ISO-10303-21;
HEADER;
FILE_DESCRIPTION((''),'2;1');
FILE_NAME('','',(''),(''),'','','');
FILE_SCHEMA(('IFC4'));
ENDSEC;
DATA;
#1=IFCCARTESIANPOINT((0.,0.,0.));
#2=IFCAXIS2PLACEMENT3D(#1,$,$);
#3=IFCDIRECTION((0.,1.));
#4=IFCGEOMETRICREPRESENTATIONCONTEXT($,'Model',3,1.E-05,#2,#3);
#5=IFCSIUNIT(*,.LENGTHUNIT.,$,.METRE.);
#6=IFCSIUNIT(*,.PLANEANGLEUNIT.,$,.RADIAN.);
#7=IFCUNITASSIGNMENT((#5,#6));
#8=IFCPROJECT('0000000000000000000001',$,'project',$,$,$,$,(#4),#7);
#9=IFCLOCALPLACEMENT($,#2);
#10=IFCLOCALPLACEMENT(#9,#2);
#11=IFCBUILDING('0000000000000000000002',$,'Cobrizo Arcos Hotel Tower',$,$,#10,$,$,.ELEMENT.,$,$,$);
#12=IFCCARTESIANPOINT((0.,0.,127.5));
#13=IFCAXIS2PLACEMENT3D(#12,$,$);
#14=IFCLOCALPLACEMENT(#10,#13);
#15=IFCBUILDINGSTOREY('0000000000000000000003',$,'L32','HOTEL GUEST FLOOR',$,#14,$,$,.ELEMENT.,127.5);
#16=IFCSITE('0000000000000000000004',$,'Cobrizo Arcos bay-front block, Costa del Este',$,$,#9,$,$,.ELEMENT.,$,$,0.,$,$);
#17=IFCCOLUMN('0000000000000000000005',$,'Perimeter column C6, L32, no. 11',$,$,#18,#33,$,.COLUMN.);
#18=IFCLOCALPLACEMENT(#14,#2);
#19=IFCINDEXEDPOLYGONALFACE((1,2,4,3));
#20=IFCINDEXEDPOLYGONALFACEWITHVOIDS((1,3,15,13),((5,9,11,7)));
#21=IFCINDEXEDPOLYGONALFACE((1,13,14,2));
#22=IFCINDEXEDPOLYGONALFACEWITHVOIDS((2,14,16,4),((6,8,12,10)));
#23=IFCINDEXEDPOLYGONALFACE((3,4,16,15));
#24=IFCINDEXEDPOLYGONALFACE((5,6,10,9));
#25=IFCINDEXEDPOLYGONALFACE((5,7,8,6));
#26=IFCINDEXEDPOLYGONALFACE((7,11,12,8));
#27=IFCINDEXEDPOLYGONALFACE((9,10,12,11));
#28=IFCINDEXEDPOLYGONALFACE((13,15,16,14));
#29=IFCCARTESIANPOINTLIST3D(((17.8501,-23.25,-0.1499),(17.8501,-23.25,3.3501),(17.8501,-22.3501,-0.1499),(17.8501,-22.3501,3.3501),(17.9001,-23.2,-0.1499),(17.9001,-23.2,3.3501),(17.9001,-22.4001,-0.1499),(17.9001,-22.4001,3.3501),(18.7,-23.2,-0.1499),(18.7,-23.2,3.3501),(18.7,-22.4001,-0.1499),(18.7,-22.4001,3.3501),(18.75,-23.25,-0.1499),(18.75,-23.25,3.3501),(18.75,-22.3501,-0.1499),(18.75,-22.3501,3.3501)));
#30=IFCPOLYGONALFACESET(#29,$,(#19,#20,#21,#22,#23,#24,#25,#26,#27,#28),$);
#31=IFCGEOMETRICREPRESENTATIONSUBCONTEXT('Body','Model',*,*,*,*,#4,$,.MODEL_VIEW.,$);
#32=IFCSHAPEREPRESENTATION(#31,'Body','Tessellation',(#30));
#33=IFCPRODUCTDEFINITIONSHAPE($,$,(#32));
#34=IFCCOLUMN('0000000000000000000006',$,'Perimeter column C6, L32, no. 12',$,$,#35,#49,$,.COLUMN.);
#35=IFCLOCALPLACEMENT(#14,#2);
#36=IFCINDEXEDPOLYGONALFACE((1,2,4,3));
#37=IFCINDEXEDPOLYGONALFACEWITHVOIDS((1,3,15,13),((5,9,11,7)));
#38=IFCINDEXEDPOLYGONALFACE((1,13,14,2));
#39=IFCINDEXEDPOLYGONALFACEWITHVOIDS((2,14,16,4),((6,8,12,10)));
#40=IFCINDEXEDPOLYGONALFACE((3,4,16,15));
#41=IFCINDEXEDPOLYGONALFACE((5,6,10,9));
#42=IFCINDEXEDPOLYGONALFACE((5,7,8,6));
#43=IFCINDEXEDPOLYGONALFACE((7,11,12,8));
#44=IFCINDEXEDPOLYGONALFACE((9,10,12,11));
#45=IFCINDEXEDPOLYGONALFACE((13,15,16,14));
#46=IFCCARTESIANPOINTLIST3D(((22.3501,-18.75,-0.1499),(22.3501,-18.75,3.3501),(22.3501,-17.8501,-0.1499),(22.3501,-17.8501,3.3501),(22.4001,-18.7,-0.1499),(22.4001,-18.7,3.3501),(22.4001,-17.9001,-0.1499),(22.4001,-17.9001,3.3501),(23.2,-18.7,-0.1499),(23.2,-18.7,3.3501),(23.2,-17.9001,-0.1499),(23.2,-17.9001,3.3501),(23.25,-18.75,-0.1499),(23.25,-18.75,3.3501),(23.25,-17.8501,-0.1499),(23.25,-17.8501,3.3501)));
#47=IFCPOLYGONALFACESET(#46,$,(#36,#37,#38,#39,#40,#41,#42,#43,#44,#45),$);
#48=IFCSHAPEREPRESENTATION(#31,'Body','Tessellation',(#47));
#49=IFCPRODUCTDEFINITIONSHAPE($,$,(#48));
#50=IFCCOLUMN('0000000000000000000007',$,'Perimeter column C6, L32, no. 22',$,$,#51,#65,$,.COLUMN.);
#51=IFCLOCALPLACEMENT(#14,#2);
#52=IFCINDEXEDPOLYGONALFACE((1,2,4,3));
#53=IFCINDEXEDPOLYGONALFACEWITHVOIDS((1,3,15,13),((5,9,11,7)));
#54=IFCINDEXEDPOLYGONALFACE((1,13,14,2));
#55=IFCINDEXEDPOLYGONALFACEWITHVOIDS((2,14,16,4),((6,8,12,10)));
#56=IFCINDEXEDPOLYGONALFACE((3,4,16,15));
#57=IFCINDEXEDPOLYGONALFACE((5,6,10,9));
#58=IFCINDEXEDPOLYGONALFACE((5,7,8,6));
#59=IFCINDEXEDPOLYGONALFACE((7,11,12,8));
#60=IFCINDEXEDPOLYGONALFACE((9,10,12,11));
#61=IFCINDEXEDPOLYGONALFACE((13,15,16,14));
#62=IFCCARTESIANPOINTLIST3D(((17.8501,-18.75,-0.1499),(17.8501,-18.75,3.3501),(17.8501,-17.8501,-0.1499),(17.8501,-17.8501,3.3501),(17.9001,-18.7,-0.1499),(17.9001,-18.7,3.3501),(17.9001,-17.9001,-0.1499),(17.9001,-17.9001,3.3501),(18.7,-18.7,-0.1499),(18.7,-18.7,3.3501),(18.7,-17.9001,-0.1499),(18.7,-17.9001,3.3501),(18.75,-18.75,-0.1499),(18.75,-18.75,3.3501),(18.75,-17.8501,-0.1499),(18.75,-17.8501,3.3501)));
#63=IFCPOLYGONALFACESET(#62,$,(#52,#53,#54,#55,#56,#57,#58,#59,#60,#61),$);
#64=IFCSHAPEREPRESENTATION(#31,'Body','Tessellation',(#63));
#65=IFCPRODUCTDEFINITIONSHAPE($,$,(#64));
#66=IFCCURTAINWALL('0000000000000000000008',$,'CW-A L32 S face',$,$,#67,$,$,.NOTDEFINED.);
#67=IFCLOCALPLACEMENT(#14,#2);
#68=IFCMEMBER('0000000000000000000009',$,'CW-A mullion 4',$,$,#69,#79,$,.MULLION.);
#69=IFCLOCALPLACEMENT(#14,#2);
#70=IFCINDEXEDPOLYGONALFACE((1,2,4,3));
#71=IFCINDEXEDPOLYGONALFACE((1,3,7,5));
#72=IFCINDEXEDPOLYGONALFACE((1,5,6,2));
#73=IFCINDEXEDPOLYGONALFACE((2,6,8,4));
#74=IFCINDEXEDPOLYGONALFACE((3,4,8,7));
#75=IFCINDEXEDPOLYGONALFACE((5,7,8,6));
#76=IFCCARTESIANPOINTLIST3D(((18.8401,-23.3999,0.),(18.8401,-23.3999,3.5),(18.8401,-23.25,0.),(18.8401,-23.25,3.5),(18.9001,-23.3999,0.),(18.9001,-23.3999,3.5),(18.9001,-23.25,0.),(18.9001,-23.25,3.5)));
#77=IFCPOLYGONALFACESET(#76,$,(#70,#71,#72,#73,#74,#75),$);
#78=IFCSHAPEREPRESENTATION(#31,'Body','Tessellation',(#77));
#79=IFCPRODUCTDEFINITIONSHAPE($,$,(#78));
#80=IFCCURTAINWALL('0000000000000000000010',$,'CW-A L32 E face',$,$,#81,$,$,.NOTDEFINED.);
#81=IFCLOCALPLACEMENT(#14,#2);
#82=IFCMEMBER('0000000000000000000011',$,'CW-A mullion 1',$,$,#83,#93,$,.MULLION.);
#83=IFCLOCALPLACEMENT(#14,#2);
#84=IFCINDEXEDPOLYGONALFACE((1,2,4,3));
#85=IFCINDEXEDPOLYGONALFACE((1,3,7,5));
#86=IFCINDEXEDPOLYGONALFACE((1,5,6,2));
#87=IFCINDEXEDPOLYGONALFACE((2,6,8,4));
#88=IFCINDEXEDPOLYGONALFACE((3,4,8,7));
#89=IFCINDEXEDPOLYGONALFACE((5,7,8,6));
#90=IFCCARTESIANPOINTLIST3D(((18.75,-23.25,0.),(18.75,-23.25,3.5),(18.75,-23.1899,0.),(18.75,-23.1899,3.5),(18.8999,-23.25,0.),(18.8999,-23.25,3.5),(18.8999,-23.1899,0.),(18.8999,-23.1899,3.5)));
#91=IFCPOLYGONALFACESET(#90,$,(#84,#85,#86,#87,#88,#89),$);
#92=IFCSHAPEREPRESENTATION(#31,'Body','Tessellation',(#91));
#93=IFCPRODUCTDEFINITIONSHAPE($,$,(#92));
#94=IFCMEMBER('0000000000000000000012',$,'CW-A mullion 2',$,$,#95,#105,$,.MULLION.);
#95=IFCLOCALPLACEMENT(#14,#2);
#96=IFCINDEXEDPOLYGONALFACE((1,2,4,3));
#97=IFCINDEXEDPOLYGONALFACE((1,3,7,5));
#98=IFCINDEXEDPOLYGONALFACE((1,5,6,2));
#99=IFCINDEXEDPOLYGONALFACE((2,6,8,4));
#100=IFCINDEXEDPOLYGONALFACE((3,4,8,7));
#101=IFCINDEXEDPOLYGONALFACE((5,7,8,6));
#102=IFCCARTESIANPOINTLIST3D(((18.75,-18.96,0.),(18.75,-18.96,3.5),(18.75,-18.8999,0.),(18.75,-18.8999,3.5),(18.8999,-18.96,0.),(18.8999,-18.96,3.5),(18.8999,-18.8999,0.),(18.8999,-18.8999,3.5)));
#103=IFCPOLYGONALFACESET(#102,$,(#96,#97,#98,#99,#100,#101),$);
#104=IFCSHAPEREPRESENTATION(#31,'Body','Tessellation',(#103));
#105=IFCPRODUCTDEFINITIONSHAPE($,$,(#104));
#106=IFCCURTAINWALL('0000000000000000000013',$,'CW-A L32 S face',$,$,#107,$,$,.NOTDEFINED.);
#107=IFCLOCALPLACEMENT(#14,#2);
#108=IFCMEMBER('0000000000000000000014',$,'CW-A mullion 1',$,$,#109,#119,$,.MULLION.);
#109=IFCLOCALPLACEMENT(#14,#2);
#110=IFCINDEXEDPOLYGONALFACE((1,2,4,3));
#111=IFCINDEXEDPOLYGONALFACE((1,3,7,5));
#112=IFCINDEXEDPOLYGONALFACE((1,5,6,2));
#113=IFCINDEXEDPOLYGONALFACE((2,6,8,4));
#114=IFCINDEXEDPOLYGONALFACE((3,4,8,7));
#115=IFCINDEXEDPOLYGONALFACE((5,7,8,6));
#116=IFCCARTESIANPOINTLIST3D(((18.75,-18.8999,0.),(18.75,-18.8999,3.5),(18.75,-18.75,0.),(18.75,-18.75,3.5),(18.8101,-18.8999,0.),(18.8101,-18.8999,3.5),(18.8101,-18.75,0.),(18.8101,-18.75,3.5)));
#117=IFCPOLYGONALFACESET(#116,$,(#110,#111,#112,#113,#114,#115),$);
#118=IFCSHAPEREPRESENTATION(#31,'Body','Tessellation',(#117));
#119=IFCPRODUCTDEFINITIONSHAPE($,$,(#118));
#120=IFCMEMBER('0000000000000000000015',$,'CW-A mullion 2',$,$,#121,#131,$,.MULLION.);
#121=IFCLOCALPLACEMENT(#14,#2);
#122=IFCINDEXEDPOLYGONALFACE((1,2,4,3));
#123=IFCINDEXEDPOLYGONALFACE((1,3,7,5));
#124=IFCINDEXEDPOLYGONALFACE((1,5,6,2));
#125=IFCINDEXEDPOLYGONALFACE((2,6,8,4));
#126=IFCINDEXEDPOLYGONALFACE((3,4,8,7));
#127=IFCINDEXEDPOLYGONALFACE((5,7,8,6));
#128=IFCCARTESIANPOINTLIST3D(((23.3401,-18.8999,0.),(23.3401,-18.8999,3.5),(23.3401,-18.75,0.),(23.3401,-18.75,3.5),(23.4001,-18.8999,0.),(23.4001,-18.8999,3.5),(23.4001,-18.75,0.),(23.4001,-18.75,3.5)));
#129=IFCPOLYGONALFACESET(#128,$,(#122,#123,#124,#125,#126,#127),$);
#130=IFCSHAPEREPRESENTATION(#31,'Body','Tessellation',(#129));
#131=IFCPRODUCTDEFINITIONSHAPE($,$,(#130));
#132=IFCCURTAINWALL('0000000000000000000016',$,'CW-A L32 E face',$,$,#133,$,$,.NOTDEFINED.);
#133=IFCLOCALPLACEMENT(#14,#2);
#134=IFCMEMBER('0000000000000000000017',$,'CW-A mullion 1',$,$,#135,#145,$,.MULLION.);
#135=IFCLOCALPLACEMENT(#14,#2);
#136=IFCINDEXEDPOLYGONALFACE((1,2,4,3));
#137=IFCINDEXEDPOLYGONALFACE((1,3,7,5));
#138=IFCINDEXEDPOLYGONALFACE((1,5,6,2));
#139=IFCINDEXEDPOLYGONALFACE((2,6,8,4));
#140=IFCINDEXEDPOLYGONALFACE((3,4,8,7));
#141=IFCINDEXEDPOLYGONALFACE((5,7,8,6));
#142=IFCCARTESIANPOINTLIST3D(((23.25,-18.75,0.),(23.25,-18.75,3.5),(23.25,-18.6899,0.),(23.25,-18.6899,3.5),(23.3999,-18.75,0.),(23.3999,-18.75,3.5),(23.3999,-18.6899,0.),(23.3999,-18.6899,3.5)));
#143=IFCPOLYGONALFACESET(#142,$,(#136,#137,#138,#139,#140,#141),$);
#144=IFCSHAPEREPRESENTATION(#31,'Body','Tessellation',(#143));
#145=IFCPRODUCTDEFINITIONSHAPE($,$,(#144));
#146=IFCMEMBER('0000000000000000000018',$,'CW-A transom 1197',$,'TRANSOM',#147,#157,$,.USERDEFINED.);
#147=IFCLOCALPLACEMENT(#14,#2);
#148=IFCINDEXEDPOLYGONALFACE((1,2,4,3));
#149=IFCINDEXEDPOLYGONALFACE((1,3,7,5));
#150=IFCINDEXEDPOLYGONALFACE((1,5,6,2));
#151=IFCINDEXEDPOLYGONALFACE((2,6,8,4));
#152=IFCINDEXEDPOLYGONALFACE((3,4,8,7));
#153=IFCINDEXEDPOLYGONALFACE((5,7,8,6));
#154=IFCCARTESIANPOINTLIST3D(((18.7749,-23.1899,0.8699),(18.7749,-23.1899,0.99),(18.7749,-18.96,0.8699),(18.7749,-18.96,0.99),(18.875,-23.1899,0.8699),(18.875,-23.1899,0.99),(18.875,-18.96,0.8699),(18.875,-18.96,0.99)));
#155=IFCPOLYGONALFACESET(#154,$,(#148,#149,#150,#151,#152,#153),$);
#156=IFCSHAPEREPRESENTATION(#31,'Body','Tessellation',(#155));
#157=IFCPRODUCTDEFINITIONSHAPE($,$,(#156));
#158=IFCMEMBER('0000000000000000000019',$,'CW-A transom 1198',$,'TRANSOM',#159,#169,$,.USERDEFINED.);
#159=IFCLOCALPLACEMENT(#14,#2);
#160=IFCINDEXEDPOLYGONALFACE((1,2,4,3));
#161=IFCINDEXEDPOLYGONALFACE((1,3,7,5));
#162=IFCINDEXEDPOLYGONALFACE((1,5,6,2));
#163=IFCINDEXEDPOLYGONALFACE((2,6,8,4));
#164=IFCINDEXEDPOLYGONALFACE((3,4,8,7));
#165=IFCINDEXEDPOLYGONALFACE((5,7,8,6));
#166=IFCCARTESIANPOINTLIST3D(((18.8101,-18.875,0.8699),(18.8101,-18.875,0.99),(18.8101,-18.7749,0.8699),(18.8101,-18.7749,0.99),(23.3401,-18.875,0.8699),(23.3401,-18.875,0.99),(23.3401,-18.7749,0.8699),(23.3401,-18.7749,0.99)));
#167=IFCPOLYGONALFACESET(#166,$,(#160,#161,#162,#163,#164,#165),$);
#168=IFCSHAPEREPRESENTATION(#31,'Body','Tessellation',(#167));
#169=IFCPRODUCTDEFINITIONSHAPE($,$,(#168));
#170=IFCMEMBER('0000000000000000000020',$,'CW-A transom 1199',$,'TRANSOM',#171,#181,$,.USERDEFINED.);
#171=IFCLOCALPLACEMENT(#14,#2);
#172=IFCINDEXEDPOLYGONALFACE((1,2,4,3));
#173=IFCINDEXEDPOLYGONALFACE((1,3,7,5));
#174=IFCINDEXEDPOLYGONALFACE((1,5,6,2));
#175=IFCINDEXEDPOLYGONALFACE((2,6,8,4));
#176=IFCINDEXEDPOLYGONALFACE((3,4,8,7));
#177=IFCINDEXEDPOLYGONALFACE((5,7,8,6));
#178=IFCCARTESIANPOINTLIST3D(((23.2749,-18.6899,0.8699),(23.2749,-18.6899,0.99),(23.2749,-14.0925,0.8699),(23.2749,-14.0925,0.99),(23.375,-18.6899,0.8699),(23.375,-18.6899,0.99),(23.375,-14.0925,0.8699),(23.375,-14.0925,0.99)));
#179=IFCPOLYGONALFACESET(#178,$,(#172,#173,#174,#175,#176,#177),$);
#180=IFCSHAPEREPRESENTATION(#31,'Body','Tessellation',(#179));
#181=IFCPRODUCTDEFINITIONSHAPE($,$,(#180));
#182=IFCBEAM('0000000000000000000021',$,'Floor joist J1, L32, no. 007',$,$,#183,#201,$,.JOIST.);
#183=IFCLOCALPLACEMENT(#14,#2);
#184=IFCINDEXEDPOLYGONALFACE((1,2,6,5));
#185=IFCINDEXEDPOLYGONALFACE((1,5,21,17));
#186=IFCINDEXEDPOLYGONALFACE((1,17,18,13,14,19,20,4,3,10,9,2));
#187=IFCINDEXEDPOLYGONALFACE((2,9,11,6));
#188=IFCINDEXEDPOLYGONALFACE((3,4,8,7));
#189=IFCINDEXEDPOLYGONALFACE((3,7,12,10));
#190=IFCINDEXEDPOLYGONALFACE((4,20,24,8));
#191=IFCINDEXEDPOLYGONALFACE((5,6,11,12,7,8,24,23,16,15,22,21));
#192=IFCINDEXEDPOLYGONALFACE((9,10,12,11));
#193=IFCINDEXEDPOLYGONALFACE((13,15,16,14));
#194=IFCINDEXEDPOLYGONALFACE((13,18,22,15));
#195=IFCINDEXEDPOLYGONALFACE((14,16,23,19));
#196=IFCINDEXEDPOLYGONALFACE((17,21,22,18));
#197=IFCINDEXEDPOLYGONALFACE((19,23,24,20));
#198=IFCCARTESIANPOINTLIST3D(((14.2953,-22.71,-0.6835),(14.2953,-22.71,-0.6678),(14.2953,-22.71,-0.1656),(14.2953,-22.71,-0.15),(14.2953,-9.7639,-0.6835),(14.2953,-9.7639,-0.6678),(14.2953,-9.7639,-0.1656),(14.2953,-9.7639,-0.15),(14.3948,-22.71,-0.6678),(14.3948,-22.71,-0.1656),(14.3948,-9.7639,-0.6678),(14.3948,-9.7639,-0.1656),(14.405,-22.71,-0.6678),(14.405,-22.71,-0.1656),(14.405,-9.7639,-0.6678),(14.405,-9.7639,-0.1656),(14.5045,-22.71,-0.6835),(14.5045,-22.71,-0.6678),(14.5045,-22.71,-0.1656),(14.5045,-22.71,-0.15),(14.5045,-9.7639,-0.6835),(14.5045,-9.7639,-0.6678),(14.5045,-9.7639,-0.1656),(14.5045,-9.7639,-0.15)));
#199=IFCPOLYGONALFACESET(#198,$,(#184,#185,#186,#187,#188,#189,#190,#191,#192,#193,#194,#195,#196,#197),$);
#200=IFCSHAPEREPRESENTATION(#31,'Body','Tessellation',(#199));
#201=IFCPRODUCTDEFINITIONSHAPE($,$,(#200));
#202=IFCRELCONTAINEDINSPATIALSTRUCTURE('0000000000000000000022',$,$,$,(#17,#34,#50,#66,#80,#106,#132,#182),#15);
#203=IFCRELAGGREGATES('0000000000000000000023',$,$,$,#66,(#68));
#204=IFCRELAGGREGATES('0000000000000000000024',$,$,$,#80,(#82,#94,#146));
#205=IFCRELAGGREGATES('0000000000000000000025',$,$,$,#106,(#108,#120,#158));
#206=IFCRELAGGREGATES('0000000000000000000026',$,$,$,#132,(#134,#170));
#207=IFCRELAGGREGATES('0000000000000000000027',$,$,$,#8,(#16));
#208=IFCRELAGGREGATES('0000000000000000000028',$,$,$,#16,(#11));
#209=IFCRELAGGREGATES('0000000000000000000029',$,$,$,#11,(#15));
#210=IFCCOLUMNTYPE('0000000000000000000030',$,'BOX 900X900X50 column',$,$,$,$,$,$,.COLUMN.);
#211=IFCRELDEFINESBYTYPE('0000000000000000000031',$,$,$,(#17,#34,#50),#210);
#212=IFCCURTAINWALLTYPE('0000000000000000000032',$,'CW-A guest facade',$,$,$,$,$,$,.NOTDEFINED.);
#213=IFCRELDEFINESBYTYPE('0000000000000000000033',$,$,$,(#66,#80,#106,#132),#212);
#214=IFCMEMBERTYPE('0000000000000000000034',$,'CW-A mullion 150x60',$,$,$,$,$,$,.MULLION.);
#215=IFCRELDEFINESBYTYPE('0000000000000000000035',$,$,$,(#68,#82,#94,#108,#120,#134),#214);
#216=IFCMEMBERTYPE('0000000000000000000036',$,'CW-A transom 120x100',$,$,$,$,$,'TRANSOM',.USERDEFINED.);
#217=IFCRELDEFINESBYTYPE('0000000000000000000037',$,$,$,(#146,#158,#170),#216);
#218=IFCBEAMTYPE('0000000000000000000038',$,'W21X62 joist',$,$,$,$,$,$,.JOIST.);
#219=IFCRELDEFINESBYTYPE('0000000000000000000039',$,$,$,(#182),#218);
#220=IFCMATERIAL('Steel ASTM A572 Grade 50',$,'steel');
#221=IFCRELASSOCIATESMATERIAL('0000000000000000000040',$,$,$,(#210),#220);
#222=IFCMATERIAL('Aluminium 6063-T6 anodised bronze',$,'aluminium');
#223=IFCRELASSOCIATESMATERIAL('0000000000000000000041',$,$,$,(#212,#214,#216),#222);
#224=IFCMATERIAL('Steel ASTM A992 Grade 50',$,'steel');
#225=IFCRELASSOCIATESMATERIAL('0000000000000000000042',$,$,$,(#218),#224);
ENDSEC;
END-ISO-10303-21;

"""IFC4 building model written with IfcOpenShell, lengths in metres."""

from ifc_helpers import new_model, si_unit, direction, frame, origin, origin_2d, place, context, subcontext, project, spatial, rectangle, hollow_rectangle, i_section, extrude, material, material_profile, profile_set, type_object, element, aggregate, save


model = new_model("IFC4")

# Units and contexts
model_context = context("Model", 3, precision=1e-05, world=origin(), true_north=direction((0.0, 1.0)))
body_context = subcontext(model_context, "Body", "Model", "MODEL_VIEW")
ifc_project = project(units=[si_unit("LENGTHUNIT", "METRE"), si_unit("PLANEANGLEUNIT", "RADIAN")], contexts=[model_context])

# Site, building, storey
site_placement = place(None, origin())
site = spatial("IfcSite", under=ifc_project, at=site_placement, Name="Cobrizo Arcos bay-front block, Costa del Este", CompositionType="ELEMENT", RefElevation=0.0)
building_placement = place(site_placement, origin())
building = spatial("IfcBuilding", under=site, at=building_placement, Name="Cobrizo Arcos Hotel Tower", CompositionType="ELEMENT")
storey_placement = place(building_placement, frame((0.0, 0.0, 127.5)))
storey = spatial("IfcBuildingStorey", under=building, at=storey_placement, Name="L32", Description="HOTEL GUEST FLOOR", CompositionType="ELEMENT", Elevation=127.5)

# Columns
ifc_material_1 = material(Name="Steel ASTM A572 Grade 50", Category="steel")
ifc_material_profile_1 = material_profile(ifc_material_1, hollow_rectangle(XDim=0.8999, YDim=0.8999, WallThickness=0.05, at=origin_2d()), Name="BOX 900X900X50")
ifc_profile_set_1 = profile_set([ifc_material_profile_1], Name="Steel ASTM A572 Grade 50")
column_type = type_object("IfcColumnType", Name="BOX 900X900X50 column", PredefinedType="COLUMN", material=ifc_profile_set_1)
for number, where, z_axis, x_axis, name in (
    (1, (18.3, -22.8, -0.1499), (0.0, 0.0, 1.0), (1.0, 0.0, 0.0), "Perimeter column C6, L32, no. 11"),
    (2, (22.8, -18.3, -0.1499), (0.0, 0.0, 1.0), (1.0, 0.0, 0.0), "Perimeter column C6, L32, no. 12"),
    (3, (18.3, -18.3, -0.1499), (0.0, 0.0, 1.0), (1.0, 0.0, 0.0), "Perimeter column C6, L32, no. 22"),
):
    element("IfcColumn", number, at=place(storey_placement, frame(where, z_axis=z_axis, x_axis=x_axis)), inside=storey, type_object=column_type, Name=name, PredefinedType="COLUMN", context=body_context, shape_type="SweptSolid", body=[
        extrude(hollow_rectangle(XDim=0.8999, YDim=0.8999, WallThickness=0.05, at=origin_2d()), origin(), (0.0, 0.0, 1.0), 3.5),
    ])

# Curtain wall, member
ifc_material_2 = material(Name="Aluminium 6063-T6 anodised bronze", Category="aluminium")
curtain_wall_type = type_object("IfcCurtainWallType", Name="CW-A guest facade", PredefinedType="NOTDEFINED", material=ifc_material_2)
curtain_wall_1_placement = place(storey_placement, origin())
curtain_wall_1 = element("IfcCurtainWall", 4, at=curtain_wall_1_placement, inside=storey, type_object=curtain_wall_type, Name="CW-A L32 S face", PredefinedType="NOTDEFINED")
ifc_material_profile_2 = material_profile(ifc_material_2, rectangle(XDim=0.1499, YDim=0.0601, at=origin_2d()), Name="CW-A mullion 150x60")
ifc_profile_set_2 = profile_set([ifc_material_profile_2], Name="Aluminium 6063-T6 anodised bronze")
member_type_1 = type_object("IfcMemberType", Name="CW-A mullion 150x60", PredefinedType="MULLION", material=ifc_profile_set_2)
member_1_placement = place(storey_placement, frame((18.8701, -23.325, 0.0), z_axis=(0.0, 0.0, 1.0), x_axis=(0.0, -1.0, 0.0)))
member_1 = element("IfcMember", 5, at=member_1_placement, type_object=member_type_1, Name="CW-A mullion 4", PredefinedType="MULLION", context=body_context, shape_type="SweptSolid", body=[
    extrude(rectangle(XDim=0.1499, YDim=0.0601, at=origin_2d()), origin(), (0.0, 0.0, 1.0), 3.5),
])

# Curtain walls, members
curtain_wall_2_placement = place(storey_placement, origin())
curtain_wall_2 = element("IfcCurtainWall", 6, at=curtain_wall_2_placement, inside=storey, type_object=curtain_wall_type, Name="CW-A L32 E face", PredefinedType="NOTDEFINED")
member_2_placement = place(storey_placement, frame((18.825, -23.22, 0.0), z_axis=(0.0, 0.0, 1.0), x_axis=(1.0, 0.0, 0.0)))
member_2 = element("IfcMember", 7, at=member_2_placement, type_object=member_type_1, Name="CW-A mullion 1", PredefinedType="MULLION", context=body_context, shape_type="SweptSolid", body=[
    extrude(rectangle(XDim=0.1499, YDim=0.0601, at=origin_2d()), origin(), (0.0, 0.0, 1.0), 3.5),
])
member_3_placement = place(storey_placement, frame((18.825, -18.9299, 0.0), z_axis=(0.0, 0.0, 1.0), x_axis=(1.0, 0.0, 0.0)))
member_3 = element("IfcMember", 8, at=member_3_placement, type_object=member_type_1, Name="CW-A mullion 2", PredefinedType="MULLION", context=body_context, shape_type="SweptSolid", body=[
    extrude(rectangle(XDim=0.1499, YDim=0.0601, at=origin_2d()), origin(), (0.0, 0.0, 1.0), 3.5),
])
curtain_wall_3_placement = place(storey_placement, origin())
curtain_wall_3 = element("IfcCurtainWall", 9, at=curtain_wall_3_placement, inside=storey, type_object=curtain_wall_type, Name="CW-A L32 S face", PredefinedType="NOTDEFINED")
member_4_placement = place(storey_placement, frame((18.78, -18.825, 0.0), z_axis=(0.0, 0.0, 1.0), x_axis=(0.0, -1.0, 0.0)))
member_4 = element("IfcMember", 10, at=member_4_placement, type_object=member_type_1, Name="CW-A mullion 1", PredefinedType="MULLION", context=body_context, shape_type="SweptSolid", body=[
    extrude(rectangle(XDim=0.1499, YDim=0.0601, at=origin_2d()), origin(), (0.0, 0.0, 1.0), 3.5),
])
member_5_placement = place(storey_placement, frame((23.3701, -18.825, 0.0), z_axis=(0.0, 0.0, 1.0), x_axis=(0.0, -1.0, 0.0)))
member_5 = element("IfcMember", 11, at=member_5_placement, type_object=member_type_1, Name="CW-A mullion 2", PredefinedType="MULLION", context=body_context, shape_type="SweptSolid", body=[
    extrude(rectangle(XDim=0.1499, YDim=0.0601, at=origin_2d()), origin(), (0.0, 0.0, 1.0), 3.5),
])

# Curtain wall, member
curtain_wall_4_placement = place(storey_placement, origin())
curtain_wall_4 = element("IfcCurtainWall", 12, at=curtain_wall_4_placement, inside=storey, type_object=curtain_wall_type, Name="CW-A L32 E face", PredefinedType="NOTDEFINED")
member_6_placement = place(storey_placement, frame((23.325, -18.72, 0.0), z_axis=(0.0, 0.0, 1.0), x_axis=(1.0, 0.0, 0.0)))
member_6 = element("IfcMember", 13, at=member_6_placement, type_object=member_type_1, Name="CW-A mullion 1", PredefinedType="MULLION", context=body_context, shape_type="SweptSolid", body=[
    extrude(rectangle(XDim=0.1499, YDim=0.0601, at=origin_2d()), origin(), (0.0, 0.0, 1.0), 3.5),
])

# Members
ifc_material_profile_3 = material_profile(ifc_material_2, rectangle(XDim=0.1001, YDim=0.1201, at=origin_2d()), Name="CW-A transom 120x100")
ifc_profile_set_3 = profile_set([ifc_material_profile_3], Name="Aluminium 6063-T6 anodised bronze")
member_type_2 = type_object("IfcMemberType", Name="CW-A transom 120x100", ElementType="TRANSOM", PredefinedType="USERDEFINED", material=ifc_profile_set_3)
member_7_placement = place(storey_placement, frame((18.825, -23.1899, 0.9299), z_axis=(0.0, 1.0, 0.0), x_axis=(-1.0, 0.0, 0.0)))
member_7 = element("IfcMember", 14, at=member_7_placement, type_object=member_type_2, Name="CW-A transom 1197", ObjectType="TRANSOM", PredefinedType="USERDEFINED", context=body_context, shape_type="SweptSolid", body=[
    extrude(rectangle(XDim=0.1001, YDim=0.1201, at=origin_2d()), origin(), (0.0, 0.0, 1.0), 4.23),
])
member_8_placement = place(storey_placement, frame((18.8101, -18.825, 0.9299), z_axis=(1.0, 0.0, 0.0), x_axis=(0.0, 1.0, 0.0)))
member_8 = element("IfcMember", 15, at=member_8_placement, type_object=member_type_2, Name="CW-A transom 1198", ObjectType="TRANSOM", PredefinedType="USERDEFINED", context=body_context, shape_type="SweptSolid", body=[
    extrude(rectangle(XDim=0.1001, YDim=0.1201, at=origin_2d()), origin(), (0.0, 0.0, 1.0), 4.53),
])
member_9_placement = place(storey_placement, frame((23.325, -18.6899, 0.9299), z_axis=(0.0, 1.0, 0.0), x_axis=(-1.0, 0.0, 0.0)))
member_9 = element("IfcMember", 16, at=member_9_placement, type_object=member_type_2, Name="CW-A transom 1199", ObjectType="TRANSOM", PredefinedType="USERDEFINED", context=body_context, shape_type="SweptSolid", body=[
    extrude(rectangle(XDim=0.1001, YDim=0.1201, at=origin_2d()), origin(), (0.0, 0.0, 1.0), 4.5974),
])

# Beam
ifc_material_3 = material(Name="Steel ASTM A992 Grade 50", Category="steel")
ifc_material_profile_4 = material_profile(ifc_material_3, i_section(OverallWidth=0.2092, OverallDepth=0.5334, WebThickness=0.0103, FlangeThickness=0.0156, at=origin_2d()), Name="W21X62")
ifc_profile_set_4 = profile_set([ifc_material_profile_4], Name="Steel ASTM A992 Grade 50")
beam_type_1 = type_object("IfcBeamType", Name="W21X62 joist", PredefinedType="JOIST", material=ifc_profile_set_4)
beam_1_placement = place(storey_placement, frame((14.3999, -22.71, -0.4167), z_axis=(0.0, 1.0, 0.0), x_axis=(-1.0, 0.0, 0.0)))
element("IfcBeam", 17, at=beam_1_placement, inside=storey, type_object=beam_type_1, Name="Floor joist J1, L32, no. 007", PredefinedType="JOIST", context=body_context, shape_type="SweptSolid", body=[
    extrude(i_section(OverallWidth=0.2092, OverallDepth=0.5334, WebThickness=0.0103, FlangeThickness=0.0156, at=origin_2d()), origin(), (0.0, 0.0, 1.0), 12.946),
])

aggregate(curtain_wall_1, [member_1])
aggregate(curtain_wall_2, [member_2, member_3, member_7])
aggregate(curtain_wall_3, [member_4, member_5, member_8])
aggregate(curtain_wall_4, [member_6, member_9])

save(model, "model.ifc")
